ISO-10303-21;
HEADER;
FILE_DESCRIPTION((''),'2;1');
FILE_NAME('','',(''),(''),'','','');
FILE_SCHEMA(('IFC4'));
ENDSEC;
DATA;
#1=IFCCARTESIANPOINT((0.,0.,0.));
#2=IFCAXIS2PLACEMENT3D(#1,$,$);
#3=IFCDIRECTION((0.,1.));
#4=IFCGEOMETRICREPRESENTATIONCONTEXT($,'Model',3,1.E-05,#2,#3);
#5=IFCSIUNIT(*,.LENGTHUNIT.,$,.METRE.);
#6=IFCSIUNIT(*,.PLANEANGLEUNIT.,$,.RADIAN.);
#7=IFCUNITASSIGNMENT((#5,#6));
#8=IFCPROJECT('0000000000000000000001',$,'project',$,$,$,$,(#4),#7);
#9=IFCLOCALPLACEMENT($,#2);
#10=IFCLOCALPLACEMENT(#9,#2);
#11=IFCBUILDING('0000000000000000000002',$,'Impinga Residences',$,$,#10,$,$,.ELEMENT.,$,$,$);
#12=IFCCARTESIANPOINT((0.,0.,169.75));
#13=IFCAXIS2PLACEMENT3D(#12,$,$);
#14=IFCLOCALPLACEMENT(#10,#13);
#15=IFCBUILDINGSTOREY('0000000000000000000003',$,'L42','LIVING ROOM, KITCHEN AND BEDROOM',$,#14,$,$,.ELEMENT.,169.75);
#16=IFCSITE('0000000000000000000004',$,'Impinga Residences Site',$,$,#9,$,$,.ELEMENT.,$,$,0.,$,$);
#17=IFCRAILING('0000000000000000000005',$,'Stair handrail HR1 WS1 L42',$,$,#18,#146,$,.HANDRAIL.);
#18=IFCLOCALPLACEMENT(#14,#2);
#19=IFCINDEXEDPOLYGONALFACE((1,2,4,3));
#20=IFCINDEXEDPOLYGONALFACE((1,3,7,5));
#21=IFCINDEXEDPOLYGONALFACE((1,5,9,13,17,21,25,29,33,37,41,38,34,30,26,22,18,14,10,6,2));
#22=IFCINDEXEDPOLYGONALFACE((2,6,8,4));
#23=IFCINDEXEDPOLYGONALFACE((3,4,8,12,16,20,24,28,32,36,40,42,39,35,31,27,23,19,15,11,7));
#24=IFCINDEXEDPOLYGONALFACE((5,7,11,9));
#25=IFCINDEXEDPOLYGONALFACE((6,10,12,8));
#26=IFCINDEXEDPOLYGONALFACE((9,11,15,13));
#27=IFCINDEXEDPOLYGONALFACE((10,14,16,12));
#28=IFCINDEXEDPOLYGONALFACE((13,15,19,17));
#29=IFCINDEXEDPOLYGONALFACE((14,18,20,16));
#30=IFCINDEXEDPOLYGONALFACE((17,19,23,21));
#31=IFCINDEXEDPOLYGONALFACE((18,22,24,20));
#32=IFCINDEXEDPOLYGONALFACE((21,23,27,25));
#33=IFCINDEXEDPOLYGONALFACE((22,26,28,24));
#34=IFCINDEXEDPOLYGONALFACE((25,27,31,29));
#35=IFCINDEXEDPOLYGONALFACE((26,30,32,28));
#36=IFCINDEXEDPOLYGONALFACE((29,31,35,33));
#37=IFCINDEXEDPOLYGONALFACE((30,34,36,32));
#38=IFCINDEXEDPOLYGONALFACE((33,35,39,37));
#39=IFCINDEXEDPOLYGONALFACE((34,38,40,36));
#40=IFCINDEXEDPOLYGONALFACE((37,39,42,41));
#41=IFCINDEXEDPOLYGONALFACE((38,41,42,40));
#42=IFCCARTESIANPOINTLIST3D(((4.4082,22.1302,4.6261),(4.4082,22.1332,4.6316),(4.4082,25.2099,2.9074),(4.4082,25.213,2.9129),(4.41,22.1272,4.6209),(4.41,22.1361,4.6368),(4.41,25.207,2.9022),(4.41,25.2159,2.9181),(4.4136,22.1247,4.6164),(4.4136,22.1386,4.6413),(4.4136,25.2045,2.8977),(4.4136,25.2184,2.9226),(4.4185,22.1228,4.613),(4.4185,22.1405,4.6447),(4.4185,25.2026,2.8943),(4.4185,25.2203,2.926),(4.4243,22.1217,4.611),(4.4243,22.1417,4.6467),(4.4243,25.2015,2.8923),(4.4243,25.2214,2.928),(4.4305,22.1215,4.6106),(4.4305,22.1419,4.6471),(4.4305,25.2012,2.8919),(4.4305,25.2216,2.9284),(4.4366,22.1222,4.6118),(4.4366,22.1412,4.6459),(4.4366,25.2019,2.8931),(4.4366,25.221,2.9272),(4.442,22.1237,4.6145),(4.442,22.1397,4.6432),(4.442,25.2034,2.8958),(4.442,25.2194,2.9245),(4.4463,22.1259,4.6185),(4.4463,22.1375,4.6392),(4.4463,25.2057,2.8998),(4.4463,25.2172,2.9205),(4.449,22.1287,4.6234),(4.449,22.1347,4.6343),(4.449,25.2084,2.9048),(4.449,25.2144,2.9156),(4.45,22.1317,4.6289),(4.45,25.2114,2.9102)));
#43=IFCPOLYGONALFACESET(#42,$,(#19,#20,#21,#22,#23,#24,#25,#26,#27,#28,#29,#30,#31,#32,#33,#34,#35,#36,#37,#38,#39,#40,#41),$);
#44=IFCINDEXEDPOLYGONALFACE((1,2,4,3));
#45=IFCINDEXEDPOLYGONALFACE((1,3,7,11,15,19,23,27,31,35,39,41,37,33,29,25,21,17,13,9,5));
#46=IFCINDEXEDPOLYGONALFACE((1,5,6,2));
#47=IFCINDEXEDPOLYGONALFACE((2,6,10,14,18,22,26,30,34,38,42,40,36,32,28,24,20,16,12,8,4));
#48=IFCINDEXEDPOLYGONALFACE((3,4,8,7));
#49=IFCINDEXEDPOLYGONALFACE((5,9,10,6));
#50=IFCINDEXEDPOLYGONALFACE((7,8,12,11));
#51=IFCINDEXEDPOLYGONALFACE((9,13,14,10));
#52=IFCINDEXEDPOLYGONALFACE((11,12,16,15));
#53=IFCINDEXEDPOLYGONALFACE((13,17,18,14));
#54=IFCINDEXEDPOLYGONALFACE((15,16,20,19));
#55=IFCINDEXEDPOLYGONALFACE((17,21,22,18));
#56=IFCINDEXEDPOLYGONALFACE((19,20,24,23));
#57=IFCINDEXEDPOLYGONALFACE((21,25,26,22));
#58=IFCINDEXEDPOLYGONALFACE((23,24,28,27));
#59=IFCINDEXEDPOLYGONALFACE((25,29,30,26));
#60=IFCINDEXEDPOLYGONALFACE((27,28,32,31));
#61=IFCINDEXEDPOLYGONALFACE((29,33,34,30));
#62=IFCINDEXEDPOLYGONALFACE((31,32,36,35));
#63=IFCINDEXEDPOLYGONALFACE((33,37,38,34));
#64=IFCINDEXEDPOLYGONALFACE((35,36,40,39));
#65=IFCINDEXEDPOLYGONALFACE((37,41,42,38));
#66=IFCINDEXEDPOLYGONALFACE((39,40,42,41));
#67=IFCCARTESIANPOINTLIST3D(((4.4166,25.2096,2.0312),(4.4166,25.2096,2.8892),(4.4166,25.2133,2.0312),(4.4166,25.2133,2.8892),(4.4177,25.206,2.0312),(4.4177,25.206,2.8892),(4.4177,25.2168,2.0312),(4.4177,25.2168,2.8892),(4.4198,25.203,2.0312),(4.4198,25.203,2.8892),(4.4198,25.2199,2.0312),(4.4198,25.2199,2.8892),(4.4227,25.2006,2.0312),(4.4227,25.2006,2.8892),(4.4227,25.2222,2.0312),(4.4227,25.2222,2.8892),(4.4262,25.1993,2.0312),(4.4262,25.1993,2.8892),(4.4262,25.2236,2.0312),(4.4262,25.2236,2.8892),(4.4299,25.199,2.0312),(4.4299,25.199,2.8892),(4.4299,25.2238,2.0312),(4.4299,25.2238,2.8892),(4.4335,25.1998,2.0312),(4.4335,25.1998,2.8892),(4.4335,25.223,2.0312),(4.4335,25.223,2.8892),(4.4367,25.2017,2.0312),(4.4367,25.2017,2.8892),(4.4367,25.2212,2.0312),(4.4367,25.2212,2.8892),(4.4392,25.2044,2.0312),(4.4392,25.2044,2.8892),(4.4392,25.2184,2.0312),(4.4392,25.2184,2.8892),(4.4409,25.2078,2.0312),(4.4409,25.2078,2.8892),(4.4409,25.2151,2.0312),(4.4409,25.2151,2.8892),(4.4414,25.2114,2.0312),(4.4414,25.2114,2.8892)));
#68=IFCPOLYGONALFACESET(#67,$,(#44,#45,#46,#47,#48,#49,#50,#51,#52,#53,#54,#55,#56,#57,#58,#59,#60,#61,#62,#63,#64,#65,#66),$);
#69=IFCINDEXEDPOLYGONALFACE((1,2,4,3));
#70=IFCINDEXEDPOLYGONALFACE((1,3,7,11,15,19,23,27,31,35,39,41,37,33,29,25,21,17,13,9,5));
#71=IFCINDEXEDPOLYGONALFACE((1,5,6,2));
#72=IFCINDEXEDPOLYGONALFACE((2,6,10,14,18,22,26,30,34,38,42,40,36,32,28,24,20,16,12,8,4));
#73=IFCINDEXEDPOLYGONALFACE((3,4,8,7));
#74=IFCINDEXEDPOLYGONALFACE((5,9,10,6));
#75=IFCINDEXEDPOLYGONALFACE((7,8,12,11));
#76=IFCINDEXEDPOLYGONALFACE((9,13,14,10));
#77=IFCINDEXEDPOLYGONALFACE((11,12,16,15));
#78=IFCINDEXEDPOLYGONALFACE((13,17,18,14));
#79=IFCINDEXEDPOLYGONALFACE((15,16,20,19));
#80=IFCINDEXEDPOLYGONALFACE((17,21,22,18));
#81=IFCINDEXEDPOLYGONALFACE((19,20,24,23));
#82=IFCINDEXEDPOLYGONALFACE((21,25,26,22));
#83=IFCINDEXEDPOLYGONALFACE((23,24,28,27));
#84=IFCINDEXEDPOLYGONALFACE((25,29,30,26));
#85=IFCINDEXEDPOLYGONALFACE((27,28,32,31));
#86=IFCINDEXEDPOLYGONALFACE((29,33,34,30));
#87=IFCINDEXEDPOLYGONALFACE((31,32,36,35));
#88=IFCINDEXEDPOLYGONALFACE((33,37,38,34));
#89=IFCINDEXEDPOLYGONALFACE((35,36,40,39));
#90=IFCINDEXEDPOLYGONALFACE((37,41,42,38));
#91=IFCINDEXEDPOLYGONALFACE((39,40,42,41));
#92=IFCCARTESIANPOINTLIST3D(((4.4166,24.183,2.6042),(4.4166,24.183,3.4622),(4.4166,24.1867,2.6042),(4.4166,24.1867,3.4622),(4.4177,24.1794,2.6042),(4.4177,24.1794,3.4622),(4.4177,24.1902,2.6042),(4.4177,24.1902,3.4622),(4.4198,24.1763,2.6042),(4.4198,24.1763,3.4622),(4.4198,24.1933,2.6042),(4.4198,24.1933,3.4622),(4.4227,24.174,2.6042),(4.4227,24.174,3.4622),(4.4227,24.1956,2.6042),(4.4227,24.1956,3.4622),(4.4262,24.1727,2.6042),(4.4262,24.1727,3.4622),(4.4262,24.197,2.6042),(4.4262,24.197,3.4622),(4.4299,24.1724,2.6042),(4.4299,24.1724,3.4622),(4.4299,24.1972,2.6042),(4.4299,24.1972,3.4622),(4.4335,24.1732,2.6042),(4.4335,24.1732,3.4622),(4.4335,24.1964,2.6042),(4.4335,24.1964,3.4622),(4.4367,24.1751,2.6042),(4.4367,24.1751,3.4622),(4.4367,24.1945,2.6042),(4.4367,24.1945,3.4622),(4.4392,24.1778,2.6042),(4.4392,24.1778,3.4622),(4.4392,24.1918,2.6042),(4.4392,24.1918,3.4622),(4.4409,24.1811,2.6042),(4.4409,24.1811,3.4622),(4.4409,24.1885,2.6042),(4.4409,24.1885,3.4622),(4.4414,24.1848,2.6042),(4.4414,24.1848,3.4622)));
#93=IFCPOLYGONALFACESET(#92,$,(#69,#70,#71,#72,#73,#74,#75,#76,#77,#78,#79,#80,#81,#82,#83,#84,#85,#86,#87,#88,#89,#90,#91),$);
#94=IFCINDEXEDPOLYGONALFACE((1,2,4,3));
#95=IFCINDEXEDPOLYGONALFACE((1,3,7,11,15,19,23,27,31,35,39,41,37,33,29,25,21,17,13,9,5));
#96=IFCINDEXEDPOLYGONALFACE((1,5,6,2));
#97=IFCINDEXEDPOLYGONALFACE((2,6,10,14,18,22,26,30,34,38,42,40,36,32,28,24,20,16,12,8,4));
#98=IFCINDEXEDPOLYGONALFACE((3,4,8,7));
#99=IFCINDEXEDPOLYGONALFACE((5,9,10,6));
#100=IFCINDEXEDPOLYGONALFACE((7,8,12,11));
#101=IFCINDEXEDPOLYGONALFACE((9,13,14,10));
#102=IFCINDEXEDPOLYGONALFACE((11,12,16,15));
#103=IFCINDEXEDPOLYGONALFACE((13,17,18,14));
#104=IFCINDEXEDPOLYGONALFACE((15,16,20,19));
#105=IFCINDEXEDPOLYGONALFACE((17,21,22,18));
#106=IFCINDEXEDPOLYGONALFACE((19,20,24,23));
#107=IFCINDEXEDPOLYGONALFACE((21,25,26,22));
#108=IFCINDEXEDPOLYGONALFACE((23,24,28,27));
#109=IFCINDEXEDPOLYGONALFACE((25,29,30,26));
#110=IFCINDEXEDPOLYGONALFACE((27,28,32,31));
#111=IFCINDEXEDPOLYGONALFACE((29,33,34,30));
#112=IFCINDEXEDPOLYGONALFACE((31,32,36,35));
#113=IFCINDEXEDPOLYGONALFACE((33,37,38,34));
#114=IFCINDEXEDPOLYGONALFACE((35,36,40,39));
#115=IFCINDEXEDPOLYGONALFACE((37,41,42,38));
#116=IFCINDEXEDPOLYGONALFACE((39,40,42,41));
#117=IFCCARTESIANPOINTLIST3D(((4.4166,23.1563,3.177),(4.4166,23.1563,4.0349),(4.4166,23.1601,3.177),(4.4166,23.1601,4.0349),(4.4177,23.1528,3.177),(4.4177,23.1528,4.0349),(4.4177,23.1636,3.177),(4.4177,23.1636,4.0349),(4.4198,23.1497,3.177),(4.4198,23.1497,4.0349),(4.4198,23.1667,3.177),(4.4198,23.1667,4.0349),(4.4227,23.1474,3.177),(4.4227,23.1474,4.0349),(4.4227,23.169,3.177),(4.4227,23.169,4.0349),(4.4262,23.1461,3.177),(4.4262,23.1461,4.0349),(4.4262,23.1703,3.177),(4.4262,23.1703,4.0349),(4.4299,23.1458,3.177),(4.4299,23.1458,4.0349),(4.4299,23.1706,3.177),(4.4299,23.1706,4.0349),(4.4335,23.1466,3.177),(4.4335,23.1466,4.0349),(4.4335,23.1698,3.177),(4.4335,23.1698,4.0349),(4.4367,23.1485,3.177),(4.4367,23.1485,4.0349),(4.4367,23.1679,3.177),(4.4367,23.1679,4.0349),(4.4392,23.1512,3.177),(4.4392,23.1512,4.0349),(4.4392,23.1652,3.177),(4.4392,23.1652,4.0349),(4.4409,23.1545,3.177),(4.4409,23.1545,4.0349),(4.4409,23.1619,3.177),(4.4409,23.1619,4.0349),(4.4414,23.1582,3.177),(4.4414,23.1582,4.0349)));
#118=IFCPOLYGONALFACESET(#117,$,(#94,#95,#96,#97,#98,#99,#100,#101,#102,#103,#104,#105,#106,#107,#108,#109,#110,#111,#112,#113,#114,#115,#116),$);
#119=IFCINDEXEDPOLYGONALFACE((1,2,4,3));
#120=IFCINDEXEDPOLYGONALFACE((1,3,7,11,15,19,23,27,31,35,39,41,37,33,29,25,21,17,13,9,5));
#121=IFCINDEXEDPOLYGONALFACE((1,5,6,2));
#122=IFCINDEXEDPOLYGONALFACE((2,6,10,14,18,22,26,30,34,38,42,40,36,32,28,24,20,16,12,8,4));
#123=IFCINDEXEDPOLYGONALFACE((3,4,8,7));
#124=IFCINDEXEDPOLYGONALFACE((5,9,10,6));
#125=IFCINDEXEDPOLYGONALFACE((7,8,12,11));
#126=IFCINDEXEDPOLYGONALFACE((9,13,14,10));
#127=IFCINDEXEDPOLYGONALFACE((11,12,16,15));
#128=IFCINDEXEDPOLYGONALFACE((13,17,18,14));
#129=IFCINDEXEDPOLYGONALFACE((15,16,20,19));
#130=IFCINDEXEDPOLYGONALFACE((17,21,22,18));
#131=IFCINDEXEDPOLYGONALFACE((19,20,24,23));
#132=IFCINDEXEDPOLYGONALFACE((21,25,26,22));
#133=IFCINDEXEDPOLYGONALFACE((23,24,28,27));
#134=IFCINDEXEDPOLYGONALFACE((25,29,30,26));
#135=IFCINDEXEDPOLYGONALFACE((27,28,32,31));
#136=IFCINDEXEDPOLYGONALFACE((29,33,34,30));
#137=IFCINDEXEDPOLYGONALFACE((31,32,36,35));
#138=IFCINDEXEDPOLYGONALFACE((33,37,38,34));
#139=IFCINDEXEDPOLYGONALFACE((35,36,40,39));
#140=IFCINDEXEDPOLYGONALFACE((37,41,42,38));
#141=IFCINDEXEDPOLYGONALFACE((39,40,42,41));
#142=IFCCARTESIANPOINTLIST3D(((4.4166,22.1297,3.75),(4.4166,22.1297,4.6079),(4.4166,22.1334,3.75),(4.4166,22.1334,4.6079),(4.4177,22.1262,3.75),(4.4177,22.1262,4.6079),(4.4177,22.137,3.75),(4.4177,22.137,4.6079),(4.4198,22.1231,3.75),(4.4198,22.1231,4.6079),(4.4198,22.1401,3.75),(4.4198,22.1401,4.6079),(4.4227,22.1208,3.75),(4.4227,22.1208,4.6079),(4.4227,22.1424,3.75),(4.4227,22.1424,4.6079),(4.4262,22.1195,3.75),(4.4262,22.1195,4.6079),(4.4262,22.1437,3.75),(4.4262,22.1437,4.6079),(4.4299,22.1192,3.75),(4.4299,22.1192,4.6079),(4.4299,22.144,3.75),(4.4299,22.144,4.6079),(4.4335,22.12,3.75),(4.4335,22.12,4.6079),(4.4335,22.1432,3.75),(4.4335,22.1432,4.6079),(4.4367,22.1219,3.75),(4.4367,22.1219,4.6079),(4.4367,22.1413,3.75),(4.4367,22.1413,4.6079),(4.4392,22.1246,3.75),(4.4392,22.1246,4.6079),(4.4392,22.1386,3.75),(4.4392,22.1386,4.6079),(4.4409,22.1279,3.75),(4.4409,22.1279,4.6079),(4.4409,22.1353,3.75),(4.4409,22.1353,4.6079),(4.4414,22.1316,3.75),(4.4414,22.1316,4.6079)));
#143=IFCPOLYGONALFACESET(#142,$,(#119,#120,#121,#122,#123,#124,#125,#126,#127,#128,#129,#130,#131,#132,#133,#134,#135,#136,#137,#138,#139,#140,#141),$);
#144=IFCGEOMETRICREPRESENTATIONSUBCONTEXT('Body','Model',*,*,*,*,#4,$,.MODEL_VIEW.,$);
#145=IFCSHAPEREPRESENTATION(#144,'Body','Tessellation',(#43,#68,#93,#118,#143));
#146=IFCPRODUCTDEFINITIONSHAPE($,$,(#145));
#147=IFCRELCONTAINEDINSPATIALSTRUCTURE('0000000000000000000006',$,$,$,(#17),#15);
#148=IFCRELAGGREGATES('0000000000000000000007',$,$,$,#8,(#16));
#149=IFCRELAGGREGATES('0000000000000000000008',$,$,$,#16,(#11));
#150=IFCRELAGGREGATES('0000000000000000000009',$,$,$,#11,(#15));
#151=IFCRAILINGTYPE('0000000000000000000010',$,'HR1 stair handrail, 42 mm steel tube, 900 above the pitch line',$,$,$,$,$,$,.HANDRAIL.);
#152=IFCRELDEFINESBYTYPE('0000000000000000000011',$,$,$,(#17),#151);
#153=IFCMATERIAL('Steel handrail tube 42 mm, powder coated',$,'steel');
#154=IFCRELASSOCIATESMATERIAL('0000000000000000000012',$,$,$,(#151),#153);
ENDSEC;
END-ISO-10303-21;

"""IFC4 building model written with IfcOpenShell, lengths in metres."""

from ifc_helpers import new_model, si_unit, direction, frame, origin, origin_2d, place, context, subcontext, project, spatial, circle, extrude, material, type_object, element, save


model = new_model("IFC4")

# Units and contexts
model_context = context("Model", 3, precision=1e-05, world=origin(), true_north=direction((0.0, 1.0)))
body_context = subcontext(model_context, "Body", "Model", "MODEL_VIEW")
ifc_project = project(units=[si_unit("LENGTHUNIT", "METRE"), si_unit("PLANEANGLEUNIT", "RADIAN")], contexts=[model_context])

# Site, building, storey
site_placement = place(None, origin())
site = spatial("IfcSite", under=ifc_project, at=site_placement, Name="Impinga Residences Site", CompositionType="ELEMENT", RefElevation=0.0)
building_placement = place(site_placement, origin())
building = spatial("IfcBuilding", under=site, at=building_placement, Name="Impinga Residences", CompositionType="ELEMENT")
storey_placement = place(building_placement, frame((0.0, 0.0, 169.75)))
storey = spatial("IfcBuildingStorey", under=building, at=storey_placement, Name="L42", Description="LIVING ROOM, KITCHEN AND BEDROOM", CompositionType="ELEMENT", Elevation=169.75)

# Railing
ifc_material_1 = material(Name="Steel handrail tube 42 mm, powder coated", Category="steel")
railing_type_1 = type_object("IfcRailingType", Name="HR1 stair handrail, 42 mm steel tube, 900 above the pitch line", PredefinedType="HANDRAIL", material=ifc_material_1)
railing_1_placement = place(storey_placement, frame((4.429, 25.2114, 2.0312)))
element("IfcRailing", 1, at=railing_1_placement, inside=storey, type_object=railing_type_1, Name="Stair handrail HR1 WS1 L42", PredefinedType="HANDRAIL", context=body_context, shape_type="SweptSolid", body=[
    extrude(circle(Radius=0.021, at=origin_2d()), frame((0.0, 0.0, 0.8789), z_axis=(0.0, -0.873225, 0.487317), x_axis=(1.0, 0.0, 0.0)), (0.0, 0.0, 1.0), 3.5269),
    extrude(circle(Radius=0.0125, at=origin_2d()), origin(), (0.0, 0.0, 1.0), 0.8579),
    extrude(circle(Radius=0.0125, at=origin_2d()), frame((0.0, -1.0266, 0.573)), (0.0, 0.0, 1.0), 0.8579),
    extrude(circle(Radius=0.0125, at=origin_2d()), frame((0.0, -2.0532, 1.1458)), (0.0, 0.0, 1.0), 0.8579),
    extrude(circle(Radius=0.0125, at=origin_2d()), frame((0.0, -3.0798, 1.7188)), (0.0, 0.0, 1.0), 0.8579),
])

save(model, "model.ifc")
